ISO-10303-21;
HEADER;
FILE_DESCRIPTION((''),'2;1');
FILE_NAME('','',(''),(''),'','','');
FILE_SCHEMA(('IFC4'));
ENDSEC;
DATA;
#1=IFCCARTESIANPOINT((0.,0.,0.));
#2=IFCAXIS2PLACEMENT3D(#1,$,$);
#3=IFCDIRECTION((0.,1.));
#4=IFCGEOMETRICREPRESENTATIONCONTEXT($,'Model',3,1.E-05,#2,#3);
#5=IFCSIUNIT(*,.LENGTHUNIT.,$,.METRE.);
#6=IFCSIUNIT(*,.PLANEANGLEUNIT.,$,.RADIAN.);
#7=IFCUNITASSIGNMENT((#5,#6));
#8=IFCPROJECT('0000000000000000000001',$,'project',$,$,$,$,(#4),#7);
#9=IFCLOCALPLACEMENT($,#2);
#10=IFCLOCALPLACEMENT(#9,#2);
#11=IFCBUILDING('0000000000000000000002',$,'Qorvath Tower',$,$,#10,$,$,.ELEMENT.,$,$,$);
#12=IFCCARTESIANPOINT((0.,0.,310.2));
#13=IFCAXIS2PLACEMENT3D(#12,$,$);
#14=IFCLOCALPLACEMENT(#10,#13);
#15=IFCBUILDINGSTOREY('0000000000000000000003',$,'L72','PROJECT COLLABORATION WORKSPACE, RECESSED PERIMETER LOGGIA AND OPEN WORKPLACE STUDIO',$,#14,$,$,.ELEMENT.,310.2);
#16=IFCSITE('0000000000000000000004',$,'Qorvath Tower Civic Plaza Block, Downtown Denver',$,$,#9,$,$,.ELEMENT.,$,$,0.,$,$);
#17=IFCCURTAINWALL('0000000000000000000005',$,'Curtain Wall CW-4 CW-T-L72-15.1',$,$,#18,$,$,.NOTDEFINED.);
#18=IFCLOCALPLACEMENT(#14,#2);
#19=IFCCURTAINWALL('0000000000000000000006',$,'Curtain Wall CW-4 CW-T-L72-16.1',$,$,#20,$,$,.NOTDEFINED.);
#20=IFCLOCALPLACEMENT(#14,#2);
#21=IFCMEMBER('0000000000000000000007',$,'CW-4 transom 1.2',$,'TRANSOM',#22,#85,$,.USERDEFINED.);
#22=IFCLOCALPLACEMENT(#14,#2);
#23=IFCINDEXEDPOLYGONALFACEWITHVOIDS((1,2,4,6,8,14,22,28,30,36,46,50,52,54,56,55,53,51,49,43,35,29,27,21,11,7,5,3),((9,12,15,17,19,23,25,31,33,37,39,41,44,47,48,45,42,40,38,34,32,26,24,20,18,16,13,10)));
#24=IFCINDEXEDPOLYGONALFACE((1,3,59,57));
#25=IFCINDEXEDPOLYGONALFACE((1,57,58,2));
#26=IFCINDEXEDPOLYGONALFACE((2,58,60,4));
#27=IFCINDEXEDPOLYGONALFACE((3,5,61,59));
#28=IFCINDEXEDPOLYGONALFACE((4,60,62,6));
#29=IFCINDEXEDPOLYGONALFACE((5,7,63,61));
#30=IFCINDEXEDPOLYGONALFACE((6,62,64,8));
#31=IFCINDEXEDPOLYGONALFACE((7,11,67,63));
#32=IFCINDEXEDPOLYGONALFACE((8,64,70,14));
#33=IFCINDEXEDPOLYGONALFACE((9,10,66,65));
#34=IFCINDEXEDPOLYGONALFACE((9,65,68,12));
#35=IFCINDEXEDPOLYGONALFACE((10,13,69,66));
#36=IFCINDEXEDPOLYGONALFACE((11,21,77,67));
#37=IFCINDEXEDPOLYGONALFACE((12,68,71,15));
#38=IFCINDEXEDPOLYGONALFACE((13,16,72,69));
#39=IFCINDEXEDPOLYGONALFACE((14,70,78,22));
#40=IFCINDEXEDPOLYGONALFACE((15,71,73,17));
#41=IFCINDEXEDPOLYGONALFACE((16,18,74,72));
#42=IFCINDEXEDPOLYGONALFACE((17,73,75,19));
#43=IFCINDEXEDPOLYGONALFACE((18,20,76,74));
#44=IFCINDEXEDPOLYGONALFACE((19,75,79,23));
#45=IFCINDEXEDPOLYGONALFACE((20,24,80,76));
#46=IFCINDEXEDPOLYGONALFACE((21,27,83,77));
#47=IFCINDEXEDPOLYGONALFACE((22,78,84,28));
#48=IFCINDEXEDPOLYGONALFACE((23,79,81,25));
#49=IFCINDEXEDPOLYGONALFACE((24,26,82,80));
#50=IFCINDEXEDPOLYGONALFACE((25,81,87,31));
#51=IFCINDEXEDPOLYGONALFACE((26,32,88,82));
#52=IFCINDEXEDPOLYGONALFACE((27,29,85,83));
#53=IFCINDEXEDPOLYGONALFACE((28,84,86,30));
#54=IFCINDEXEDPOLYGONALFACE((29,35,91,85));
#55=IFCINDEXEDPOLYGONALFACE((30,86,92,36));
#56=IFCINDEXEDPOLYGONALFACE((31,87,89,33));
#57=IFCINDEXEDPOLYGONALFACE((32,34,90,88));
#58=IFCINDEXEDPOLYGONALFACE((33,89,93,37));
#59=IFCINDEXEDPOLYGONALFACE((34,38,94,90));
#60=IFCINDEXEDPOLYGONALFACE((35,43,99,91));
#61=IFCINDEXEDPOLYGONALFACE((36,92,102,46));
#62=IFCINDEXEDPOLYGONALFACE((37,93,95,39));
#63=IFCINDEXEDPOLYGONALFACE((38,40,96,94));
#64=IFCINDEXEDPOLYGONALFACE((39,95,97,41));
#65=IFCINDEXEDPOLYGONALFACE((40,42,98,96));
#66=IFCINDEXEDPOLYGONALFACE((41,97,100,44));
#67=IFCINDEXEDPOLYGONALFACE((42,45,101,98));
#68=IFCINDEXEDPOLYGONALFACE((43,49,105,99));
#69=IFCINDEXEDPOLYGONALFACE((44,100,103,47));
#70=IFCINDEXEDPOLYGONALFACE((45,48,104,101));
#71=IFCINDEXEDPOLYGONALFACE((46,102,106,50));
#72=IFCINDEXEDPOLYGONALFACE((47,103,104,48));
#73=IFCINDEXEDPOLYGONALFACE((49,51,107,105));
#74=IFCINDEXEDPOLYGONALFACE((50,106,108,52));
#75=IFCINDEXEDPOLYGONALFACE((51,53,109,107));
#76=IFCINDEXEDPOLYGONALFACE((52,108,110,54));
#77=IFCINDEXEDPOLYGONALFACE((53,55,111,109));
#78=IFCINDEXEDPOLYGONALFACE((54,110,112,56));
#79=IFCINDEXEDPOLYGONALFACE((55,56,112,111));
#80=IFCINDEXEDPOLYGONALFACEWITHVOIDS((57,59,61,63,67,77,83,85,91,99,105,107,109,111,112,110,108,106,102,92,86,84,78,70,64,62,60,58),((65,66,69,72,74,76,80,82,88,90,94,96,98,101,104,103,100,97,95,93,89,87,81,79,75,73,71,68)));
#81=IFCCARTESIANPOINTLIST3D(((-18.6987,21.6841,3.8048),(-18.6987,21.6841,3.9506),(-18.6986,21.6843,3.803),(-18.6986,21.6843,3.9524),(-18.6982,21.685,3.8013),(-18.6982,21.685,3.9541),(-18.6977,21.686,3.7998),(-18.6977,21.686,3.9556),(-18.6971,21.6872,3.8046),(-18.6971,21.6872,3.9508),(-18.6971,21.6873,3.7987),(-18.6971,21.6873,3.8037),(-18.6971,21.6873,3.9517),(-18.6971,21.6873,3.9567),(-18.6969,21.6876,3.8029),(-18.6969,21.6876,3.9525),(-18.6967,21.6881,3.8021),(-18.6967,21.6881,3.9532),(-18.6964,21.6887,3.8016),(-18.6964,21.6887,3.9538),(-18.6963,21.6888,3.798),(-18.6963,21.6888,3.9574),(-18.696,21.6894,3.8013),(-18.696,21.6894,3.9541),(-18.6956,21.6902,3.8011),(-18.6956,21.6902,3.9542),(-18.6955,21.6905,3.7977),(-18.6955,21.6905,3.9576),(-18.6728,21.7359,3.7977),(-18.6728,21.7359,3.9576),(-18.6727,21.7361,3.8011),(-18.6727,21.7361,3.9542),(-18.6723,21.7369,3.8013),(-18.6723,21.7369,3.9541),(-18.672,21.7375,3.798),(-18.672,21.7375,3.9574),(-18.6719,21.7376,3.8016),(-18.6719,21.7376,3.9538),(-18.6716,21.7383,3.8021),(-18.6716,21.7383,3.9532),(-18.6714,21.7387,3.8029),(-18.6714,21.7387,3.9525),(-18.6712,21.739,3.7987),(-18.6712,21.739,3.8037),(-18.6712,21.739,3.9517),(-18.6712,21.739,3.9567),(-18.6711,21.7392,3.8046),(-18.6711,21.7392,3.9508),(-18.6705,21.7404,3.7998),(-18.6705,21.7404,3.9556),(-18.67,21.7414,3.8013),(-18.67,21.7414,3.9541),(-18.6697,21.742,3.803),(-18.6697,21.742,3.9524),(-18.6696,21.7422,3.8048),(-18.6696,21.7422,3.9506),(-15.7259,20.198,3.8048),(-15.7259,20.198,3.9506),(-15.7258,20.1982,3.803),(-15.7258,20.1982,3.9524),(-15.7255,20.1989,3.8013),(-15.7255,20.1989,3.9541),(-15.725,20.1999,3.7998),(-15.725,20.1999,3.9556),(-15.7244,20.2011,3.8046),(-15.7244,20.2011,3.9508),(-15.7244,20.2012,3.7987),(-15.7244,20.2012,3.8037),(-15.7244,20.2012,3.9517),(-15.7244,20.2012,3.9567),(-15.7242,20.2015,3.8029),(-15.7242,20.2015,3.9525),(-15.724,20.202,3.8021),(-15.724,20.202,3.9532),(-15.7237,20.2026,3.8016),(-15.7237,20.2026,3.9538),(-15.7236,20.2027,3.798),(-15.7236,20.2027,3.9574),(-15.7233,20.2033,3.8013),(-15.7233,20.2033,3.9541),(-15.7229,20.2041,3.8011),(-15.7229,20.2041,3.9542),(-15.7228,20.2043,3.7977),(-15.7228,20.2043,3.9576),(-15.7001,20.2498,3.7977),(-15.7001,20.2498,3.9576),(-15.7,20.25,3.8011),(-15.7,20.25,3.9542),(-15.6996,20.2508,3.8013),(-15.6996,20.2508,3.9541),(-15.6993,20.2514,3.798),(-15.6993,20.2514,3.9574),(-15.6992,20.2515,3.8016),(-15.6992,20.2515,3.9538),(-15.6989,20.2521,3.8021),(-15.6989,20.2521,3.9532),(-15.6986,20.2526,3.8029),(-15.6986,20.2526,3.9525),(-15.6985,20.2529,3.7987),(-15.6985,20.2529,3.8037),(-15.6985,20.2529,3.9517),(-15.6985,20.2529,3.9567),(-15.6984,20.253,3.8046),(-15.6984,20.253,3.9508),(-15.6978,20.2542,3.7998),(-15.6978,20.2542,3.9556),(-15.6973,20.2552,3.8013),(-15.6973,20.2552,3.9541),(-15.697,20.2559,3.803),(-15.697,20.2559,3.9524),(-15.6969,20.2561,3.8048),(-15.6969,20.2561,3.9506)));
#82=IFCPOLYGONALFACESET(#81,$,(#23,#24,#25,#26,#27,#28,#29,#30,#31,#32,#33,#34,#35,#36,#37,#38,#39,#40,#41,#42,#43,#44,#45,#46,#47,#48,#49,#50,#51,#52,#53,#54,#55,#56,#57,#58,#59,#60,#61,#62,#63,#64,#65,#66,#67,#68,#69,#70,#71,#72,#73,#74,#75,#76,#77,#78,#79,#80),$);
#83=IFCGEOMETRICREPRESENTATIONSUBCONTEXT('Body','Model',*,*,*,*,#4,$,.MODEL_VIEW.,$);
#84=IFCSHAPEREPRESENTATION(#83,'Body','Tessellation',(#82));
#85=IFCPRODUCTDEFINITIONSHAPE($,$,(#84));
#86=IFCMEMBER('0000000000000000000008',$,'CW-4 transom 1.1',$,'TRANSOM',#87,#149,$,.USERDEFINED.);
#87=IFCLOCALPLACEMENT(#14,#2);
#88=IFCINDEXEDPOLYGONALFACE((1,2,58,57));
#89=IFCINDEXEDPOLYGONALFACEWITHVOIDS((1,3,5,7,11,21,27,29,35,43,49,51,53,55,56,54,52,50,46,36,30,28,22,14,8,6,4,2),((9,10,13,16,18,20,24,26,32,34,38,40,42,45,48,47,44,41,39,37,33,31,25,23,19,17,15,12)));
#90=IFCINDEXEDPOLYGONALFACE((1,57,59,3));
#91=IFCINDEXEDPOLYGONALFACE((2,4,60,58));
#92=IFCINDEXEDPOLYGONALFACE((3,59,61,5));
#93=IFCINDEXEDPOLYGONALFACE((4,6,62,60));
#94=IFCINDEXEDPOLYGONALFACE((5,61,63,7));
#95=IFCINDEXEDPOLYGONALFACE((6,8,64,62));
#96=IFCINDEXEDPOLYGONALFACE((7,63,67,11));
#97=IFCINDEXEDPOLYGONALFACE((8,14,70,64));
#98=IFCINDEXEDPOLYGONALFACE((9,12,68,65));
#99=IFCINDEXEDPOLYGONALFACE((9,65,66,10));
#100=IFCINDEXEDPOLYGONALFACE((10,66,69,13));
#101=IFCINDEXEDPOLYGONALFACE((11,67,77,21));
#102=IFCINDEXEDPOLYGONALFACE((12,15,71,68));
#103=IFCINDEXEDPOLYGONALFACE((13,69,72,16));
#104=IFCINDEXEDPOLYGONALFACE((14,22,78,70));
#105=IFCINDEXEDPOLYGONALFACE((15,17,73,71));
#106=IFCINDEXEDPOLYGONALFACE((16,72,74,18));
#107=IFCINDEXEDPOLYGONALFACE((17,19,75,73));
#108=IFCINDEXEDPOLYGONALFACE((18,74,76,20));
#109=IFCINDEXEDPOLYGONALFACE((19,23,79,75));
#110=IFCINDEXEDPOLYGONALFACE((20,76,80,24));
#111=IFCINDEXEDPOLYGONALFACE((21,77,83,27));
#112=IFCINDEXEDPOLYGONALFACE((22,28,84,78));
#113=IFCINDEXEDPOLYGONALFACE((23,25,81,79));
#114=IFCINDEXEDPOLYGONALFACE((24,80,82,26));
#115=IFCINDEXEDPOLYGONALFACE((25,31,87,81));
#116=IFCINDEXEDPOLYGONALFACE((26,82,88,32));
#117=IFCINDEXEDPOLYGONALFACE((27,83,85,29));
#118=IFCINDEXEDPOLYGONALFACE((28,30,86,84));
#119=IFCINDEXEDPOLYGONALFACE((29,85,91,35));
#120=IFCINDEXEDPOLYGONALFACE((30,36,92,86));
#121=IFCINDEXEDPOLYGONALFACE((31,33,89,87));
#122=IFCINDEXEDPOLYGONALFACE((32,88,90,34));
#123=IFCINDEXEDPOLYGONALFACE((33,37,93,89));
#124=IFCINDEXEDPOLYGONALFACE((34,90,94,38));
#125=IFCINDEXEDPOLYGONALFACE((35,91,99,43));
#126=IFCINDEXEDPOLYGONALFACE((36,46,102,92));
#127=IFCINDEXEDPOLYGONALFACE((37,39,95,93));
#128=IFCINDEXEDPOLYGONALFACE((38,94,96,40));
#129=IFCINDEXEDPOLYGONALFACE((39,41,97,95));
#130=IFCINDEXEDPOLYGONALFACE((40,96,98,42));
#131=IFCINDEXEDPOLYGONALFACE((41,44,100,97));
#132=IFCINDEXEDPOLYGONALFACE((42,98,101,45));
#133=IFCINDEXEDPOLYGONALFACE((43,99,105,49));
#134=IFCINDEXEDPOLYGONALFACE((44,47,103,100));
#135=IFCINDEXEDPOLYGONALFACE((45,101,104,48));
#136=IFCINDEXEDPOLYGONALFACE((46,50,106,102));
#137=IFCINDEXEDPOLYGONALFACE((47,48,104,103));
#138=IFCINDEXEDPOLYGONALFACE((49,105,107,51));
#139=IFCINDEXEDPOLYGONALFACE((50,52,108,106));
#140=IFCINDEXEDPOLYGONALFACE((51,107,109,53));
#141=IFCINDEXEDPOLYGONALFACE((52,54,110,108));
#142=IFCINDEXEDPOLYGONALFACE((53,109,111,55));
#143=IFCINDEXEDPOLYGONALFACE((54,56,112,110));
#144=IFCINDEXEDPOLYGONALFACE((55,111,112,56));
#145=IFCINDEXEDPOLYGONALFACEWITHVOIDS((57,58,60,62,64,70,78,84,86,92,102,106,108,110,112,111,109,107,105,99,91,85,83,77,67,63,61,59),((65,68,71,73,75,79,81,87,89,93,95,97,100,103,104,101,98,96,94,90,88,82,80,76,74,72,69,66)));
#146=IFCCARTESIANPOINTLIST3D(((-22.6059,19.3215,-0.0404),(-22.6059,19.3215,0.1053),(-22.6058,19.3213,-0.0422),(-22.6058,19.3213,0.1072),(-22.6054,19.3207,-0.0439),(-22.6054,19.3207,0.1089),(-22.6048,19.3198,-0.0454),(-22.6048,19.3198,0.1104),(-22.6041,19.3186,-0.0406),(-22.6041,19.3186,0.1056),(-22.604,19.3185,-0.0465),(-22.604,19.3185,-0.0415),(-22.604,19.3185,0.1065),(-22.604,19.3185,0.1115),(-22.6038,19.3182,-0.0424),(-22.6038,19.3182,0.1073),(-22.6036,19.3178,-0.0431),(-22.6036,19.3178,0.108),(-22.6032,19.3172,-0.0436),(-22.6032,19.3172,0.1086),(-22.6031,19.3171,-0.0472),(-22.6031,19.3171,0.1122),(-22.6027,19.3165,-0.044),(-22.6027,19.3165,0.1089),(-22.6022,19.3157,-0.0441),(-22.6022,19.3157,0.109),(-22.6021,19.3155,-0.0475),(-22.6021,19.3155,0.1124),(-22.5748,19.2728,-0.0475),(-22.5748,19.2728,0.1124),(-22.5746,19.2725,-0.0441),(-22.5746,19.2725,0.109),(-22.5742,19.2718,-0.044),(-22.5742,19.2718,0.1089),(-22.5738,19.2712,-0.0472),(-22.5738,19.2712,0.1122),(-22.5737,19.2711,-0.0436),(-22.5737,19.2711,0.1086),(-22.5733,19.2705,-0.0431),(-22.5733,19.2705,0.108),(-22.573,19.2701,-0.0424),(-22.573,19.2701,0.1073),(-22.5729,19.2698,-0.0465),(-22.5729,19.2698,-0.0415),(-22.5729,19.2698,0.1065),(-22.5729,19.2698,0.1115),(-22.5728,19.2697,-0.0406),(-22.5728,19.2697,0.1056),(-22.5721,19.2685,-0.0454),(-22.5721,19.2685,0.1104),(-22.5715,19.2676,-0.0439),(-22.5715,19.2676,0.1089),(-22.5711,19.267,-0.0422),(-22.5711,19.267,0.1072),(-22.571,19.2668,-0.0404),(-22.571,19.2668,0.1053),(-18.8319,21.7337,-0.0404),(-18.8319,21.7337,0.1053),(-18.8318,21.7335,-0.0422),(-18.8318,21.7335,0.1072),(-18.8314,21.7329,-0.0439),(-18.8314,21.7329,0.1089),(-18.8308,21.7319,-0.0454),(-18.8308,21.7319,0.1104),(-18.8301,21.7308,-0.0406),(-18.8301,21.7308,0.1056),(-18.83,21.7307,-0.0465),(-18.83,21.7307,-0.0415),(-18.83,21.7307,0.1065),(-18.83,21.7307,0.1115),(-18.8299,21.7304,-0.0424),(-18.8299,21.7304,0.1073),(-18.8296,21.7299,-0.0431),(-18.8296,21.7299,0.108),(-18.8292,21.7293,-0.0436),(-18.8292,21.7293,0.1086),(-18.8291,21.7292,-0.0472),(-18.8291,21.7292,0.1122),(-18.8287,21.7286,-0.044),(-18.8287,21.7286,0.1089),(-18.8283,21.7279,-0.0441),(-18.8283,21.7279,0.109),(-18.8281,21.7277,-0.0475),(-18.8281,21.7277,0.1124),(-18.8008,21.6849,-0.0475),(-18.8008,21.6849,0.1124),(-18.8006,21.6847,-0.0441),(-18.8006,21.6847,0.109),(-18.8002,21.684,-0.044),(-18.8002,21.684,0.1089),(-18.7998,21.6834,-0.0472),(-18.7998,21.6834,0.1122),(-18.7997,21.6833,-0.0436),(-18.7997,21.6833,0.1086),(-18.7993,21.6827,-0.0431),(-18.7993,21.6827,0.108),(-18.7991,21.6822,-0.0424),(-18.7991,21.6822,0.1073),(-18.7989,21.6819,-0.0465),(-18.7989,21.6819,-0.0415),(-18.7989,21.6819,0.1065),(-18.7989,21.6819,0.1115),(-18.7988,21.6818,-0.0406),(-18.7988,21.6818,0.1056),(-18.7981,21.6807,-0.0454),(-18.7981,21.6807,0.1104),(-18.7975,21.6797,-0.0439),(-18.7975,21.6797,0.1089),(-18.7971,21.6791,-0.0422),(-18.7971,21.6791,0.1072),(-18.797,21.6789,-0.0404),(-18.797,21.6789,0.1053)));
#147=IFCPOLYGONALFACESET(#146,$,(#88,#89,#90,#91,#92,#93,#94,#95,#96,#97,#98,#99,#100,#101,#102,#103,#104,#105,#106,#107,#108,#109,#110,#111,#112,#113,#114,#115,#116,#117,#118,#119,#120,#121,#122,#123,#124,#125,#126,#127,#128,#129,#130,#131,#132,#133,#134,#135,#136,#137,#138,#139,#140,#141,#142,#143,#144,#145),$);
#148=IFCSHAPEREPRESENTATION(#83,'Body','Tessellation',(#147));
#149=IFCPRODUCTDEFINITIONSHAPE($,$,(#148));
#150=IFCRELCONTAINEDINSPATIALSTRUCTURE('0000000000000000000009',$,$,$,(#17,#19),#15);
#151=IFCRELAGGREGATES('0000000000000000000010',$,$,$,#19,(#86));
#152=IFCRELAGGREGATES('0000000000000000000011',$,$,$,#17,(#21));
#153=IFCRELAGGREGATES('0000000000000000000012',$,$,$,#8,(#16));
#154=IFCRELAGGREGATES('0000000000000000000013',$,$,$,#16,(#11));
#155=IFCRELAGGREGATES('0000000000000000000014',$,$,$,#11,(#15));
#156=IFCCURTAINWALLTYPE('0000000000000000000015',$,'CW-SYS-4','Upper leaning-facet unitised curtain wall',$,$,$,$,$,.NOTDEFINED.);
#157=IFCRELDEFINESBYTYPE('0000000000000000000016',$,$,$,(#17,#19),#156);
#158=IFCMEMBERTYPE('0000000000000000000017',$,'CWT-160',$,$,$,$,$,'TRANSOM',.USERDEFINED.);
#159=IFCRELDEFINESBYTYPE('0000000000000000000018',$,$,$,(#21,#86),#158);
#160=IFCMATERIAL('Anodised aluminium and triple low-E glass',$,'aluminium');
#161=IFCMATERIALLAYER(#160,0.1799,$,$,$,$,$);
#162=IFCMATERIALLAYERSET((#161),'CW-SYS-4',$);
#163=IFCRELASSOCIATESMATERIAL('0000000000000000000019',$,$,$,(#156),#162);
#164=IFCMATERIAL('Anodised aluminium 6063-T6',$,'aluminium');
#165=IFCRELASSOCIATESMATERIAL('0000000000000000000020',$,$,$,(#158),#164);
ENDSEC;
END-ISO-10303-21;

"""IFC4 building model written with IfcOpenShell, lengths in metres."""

from ifc_helpers import new_model, si_unit, direction, frame, origin, origin_2d, place, context, subcontext, project, spatial, hollow_rectangle, extrude, material, layer, layer_set, material_profile, profile_set, type_object, element, aggregate, save


model = new_model("IFC4")

# Units and contexts
model_context = context("Model", 3, precision=1e-05, world=origin(), true_north=direction((0.0, 1.0)))
body_context = subcontext(model_context, "Body", "Model", "MODEL_VIEW")
ifc_project = project(units=[si_unit("LENGTHUNIT", "METRE"), si_unit("PLANEANGLEUNIT", "RADIAN")], contexts=[model_context])

# Site, building, storey
site_placement = place(None, origin())
site = spatial("IfcSite", under=ifc_project, at=site_placement, Name="Qorvath Tower Civic Plaza Block, Downtown Denver", CompositionType="ELEMENT", RefElevation=0.0)
building_placement = place(site_placement, origin())
building = spatial("IfcBuilding", under=site, at=building_placement, Name="Qorvath Tower", CompositionType="ELEMENT")
storey_placement = place(building_placement, frame((0.0, 0.0, 310.2)))
storey = spatial("IfcBuildingStorey", under=building, at=storey_placement, Name="L72", Description="PROJECT COLLABORATION WORKSPACE, RECESSED PERIMETER LOGGIA AND OPEN WORKPLACE STUDIO", CompositionType="ELEMENT", Elevation=310.2)

# Shared definitions
ifc_material_1 = material(Name="Anodised aluminium and triple low-E glass", Category="aluminium")
ifc_layer_1 = layer(ifc_material_1, 0.1799)
ifc_layer_set_1 = layer_set([ifc_layer_1], Name="CW-SYS-4")
curtain_wall_type = type_object("IfcCurtainWallType", Name="CW-SYS-4", Description="Upper leaning-facet unitised curtain wall", PredefinedType="NOTDEFINED", material=ifc_layer_set_1)

# Curtain wall
curtain_wall_1_placement = place(storey_placement, origin())
curtain_wall_1 = element("IfcCurtainWall", 1, at=curtain_wall_1_placement, inside=storey, type_object=curtain_wall_type, Name="Curtain Wall CW-4 CW-T-L72-15.1", PredefinedType="NOTDEFINED")

# Curtain wall
curtain_wall_2_placement = place(storey_placement, origin())
curtain_wall_2 = element("IfcCurtainWall", 2, at=curtain_wall_2_placement, inside=storey, type_object=curtain_wall_type, Name="Curtain Wall CW-4 CW-T-L72-16.1", PredefinedType="NOTDEFINED")

# Members
ifc_material_2 = material(Name="Anodised aluminium 6063-T6", Category="aluminium")
ifc_material_profile_1 = material_profile(ifc_material_2, hollow_rectangle(XDim=0.0649, YDim=0.1599, WallThickness=0.0034, InnerFilletRadius=0.0034, OuterFilletRadius=0.0071, at=origin_2d()), Name="CWT 160x65")
ifc_profile_set_1 = profile_set([ifc_material_profile_1], Name="Anodised aluminium 6063-T6")
member_type_1 = type_object("IfcMemberType", Name="CWT-160", ElementType="TRANSOM", PredefinedType="USERDEFINED", material=ifc_profile_set_1)
member_1_placement = place(storey_placement, frame((-15.7114, 20.2271, 3.8777), z_axis=(-0.894457, 0.447155, 0.0), x_axis=(-0.447155, -0.894457, 0.0)))
member_1 = element("IfcMember", 3, at=member_1_placement, type_object=member_type_1, Name="CW-4 transom 1.2", ObjectType="TRANSOM", PredefinedType="USERDEFINED", context=body_context, shape_type="SweptSolid", body=[
    extrude(hollow_rectangle(XDim=0.0649, YDim=0.1599, WallThickness=0.0034, InnerFilletRadius=0.0034, OuterFilletRadius=0.0071, at=origin_2d()), origin(), (0.0, 0.0, 1.0), 3.3235),
])
member_2_placement = place(storey_placement, frame((-18.8145, 21.7063, 0.0325), z_axis=(-0.842596, -0.538546, 0.0), x_axis=(0.538546, -0.842596, 0.0)))
member_2 = element("IfcMember", 4, at=member_2_placement, type_object=member_type_1, Name="CW-4 transom 1.1", ObjectType="TRANSOM", PredefinedType="USERDEFINED", context=body_context, shape_type="SweptSolid", body=[
    extrude(hollow_rectangle(XDim=0.0649, YDim=0.1599, WallThickness=0.0034, InnerFilletRadius=0.0034, OuterFilletRadius=0.0071, at=origin_2d()), origin(), (0.0, 0.0, 1.0), 4.479),
])
aggregate(curtain_wall_2, [member_2])

aggregate(curtain_wall_1, [member_1])

save(model, "model.ifc")
